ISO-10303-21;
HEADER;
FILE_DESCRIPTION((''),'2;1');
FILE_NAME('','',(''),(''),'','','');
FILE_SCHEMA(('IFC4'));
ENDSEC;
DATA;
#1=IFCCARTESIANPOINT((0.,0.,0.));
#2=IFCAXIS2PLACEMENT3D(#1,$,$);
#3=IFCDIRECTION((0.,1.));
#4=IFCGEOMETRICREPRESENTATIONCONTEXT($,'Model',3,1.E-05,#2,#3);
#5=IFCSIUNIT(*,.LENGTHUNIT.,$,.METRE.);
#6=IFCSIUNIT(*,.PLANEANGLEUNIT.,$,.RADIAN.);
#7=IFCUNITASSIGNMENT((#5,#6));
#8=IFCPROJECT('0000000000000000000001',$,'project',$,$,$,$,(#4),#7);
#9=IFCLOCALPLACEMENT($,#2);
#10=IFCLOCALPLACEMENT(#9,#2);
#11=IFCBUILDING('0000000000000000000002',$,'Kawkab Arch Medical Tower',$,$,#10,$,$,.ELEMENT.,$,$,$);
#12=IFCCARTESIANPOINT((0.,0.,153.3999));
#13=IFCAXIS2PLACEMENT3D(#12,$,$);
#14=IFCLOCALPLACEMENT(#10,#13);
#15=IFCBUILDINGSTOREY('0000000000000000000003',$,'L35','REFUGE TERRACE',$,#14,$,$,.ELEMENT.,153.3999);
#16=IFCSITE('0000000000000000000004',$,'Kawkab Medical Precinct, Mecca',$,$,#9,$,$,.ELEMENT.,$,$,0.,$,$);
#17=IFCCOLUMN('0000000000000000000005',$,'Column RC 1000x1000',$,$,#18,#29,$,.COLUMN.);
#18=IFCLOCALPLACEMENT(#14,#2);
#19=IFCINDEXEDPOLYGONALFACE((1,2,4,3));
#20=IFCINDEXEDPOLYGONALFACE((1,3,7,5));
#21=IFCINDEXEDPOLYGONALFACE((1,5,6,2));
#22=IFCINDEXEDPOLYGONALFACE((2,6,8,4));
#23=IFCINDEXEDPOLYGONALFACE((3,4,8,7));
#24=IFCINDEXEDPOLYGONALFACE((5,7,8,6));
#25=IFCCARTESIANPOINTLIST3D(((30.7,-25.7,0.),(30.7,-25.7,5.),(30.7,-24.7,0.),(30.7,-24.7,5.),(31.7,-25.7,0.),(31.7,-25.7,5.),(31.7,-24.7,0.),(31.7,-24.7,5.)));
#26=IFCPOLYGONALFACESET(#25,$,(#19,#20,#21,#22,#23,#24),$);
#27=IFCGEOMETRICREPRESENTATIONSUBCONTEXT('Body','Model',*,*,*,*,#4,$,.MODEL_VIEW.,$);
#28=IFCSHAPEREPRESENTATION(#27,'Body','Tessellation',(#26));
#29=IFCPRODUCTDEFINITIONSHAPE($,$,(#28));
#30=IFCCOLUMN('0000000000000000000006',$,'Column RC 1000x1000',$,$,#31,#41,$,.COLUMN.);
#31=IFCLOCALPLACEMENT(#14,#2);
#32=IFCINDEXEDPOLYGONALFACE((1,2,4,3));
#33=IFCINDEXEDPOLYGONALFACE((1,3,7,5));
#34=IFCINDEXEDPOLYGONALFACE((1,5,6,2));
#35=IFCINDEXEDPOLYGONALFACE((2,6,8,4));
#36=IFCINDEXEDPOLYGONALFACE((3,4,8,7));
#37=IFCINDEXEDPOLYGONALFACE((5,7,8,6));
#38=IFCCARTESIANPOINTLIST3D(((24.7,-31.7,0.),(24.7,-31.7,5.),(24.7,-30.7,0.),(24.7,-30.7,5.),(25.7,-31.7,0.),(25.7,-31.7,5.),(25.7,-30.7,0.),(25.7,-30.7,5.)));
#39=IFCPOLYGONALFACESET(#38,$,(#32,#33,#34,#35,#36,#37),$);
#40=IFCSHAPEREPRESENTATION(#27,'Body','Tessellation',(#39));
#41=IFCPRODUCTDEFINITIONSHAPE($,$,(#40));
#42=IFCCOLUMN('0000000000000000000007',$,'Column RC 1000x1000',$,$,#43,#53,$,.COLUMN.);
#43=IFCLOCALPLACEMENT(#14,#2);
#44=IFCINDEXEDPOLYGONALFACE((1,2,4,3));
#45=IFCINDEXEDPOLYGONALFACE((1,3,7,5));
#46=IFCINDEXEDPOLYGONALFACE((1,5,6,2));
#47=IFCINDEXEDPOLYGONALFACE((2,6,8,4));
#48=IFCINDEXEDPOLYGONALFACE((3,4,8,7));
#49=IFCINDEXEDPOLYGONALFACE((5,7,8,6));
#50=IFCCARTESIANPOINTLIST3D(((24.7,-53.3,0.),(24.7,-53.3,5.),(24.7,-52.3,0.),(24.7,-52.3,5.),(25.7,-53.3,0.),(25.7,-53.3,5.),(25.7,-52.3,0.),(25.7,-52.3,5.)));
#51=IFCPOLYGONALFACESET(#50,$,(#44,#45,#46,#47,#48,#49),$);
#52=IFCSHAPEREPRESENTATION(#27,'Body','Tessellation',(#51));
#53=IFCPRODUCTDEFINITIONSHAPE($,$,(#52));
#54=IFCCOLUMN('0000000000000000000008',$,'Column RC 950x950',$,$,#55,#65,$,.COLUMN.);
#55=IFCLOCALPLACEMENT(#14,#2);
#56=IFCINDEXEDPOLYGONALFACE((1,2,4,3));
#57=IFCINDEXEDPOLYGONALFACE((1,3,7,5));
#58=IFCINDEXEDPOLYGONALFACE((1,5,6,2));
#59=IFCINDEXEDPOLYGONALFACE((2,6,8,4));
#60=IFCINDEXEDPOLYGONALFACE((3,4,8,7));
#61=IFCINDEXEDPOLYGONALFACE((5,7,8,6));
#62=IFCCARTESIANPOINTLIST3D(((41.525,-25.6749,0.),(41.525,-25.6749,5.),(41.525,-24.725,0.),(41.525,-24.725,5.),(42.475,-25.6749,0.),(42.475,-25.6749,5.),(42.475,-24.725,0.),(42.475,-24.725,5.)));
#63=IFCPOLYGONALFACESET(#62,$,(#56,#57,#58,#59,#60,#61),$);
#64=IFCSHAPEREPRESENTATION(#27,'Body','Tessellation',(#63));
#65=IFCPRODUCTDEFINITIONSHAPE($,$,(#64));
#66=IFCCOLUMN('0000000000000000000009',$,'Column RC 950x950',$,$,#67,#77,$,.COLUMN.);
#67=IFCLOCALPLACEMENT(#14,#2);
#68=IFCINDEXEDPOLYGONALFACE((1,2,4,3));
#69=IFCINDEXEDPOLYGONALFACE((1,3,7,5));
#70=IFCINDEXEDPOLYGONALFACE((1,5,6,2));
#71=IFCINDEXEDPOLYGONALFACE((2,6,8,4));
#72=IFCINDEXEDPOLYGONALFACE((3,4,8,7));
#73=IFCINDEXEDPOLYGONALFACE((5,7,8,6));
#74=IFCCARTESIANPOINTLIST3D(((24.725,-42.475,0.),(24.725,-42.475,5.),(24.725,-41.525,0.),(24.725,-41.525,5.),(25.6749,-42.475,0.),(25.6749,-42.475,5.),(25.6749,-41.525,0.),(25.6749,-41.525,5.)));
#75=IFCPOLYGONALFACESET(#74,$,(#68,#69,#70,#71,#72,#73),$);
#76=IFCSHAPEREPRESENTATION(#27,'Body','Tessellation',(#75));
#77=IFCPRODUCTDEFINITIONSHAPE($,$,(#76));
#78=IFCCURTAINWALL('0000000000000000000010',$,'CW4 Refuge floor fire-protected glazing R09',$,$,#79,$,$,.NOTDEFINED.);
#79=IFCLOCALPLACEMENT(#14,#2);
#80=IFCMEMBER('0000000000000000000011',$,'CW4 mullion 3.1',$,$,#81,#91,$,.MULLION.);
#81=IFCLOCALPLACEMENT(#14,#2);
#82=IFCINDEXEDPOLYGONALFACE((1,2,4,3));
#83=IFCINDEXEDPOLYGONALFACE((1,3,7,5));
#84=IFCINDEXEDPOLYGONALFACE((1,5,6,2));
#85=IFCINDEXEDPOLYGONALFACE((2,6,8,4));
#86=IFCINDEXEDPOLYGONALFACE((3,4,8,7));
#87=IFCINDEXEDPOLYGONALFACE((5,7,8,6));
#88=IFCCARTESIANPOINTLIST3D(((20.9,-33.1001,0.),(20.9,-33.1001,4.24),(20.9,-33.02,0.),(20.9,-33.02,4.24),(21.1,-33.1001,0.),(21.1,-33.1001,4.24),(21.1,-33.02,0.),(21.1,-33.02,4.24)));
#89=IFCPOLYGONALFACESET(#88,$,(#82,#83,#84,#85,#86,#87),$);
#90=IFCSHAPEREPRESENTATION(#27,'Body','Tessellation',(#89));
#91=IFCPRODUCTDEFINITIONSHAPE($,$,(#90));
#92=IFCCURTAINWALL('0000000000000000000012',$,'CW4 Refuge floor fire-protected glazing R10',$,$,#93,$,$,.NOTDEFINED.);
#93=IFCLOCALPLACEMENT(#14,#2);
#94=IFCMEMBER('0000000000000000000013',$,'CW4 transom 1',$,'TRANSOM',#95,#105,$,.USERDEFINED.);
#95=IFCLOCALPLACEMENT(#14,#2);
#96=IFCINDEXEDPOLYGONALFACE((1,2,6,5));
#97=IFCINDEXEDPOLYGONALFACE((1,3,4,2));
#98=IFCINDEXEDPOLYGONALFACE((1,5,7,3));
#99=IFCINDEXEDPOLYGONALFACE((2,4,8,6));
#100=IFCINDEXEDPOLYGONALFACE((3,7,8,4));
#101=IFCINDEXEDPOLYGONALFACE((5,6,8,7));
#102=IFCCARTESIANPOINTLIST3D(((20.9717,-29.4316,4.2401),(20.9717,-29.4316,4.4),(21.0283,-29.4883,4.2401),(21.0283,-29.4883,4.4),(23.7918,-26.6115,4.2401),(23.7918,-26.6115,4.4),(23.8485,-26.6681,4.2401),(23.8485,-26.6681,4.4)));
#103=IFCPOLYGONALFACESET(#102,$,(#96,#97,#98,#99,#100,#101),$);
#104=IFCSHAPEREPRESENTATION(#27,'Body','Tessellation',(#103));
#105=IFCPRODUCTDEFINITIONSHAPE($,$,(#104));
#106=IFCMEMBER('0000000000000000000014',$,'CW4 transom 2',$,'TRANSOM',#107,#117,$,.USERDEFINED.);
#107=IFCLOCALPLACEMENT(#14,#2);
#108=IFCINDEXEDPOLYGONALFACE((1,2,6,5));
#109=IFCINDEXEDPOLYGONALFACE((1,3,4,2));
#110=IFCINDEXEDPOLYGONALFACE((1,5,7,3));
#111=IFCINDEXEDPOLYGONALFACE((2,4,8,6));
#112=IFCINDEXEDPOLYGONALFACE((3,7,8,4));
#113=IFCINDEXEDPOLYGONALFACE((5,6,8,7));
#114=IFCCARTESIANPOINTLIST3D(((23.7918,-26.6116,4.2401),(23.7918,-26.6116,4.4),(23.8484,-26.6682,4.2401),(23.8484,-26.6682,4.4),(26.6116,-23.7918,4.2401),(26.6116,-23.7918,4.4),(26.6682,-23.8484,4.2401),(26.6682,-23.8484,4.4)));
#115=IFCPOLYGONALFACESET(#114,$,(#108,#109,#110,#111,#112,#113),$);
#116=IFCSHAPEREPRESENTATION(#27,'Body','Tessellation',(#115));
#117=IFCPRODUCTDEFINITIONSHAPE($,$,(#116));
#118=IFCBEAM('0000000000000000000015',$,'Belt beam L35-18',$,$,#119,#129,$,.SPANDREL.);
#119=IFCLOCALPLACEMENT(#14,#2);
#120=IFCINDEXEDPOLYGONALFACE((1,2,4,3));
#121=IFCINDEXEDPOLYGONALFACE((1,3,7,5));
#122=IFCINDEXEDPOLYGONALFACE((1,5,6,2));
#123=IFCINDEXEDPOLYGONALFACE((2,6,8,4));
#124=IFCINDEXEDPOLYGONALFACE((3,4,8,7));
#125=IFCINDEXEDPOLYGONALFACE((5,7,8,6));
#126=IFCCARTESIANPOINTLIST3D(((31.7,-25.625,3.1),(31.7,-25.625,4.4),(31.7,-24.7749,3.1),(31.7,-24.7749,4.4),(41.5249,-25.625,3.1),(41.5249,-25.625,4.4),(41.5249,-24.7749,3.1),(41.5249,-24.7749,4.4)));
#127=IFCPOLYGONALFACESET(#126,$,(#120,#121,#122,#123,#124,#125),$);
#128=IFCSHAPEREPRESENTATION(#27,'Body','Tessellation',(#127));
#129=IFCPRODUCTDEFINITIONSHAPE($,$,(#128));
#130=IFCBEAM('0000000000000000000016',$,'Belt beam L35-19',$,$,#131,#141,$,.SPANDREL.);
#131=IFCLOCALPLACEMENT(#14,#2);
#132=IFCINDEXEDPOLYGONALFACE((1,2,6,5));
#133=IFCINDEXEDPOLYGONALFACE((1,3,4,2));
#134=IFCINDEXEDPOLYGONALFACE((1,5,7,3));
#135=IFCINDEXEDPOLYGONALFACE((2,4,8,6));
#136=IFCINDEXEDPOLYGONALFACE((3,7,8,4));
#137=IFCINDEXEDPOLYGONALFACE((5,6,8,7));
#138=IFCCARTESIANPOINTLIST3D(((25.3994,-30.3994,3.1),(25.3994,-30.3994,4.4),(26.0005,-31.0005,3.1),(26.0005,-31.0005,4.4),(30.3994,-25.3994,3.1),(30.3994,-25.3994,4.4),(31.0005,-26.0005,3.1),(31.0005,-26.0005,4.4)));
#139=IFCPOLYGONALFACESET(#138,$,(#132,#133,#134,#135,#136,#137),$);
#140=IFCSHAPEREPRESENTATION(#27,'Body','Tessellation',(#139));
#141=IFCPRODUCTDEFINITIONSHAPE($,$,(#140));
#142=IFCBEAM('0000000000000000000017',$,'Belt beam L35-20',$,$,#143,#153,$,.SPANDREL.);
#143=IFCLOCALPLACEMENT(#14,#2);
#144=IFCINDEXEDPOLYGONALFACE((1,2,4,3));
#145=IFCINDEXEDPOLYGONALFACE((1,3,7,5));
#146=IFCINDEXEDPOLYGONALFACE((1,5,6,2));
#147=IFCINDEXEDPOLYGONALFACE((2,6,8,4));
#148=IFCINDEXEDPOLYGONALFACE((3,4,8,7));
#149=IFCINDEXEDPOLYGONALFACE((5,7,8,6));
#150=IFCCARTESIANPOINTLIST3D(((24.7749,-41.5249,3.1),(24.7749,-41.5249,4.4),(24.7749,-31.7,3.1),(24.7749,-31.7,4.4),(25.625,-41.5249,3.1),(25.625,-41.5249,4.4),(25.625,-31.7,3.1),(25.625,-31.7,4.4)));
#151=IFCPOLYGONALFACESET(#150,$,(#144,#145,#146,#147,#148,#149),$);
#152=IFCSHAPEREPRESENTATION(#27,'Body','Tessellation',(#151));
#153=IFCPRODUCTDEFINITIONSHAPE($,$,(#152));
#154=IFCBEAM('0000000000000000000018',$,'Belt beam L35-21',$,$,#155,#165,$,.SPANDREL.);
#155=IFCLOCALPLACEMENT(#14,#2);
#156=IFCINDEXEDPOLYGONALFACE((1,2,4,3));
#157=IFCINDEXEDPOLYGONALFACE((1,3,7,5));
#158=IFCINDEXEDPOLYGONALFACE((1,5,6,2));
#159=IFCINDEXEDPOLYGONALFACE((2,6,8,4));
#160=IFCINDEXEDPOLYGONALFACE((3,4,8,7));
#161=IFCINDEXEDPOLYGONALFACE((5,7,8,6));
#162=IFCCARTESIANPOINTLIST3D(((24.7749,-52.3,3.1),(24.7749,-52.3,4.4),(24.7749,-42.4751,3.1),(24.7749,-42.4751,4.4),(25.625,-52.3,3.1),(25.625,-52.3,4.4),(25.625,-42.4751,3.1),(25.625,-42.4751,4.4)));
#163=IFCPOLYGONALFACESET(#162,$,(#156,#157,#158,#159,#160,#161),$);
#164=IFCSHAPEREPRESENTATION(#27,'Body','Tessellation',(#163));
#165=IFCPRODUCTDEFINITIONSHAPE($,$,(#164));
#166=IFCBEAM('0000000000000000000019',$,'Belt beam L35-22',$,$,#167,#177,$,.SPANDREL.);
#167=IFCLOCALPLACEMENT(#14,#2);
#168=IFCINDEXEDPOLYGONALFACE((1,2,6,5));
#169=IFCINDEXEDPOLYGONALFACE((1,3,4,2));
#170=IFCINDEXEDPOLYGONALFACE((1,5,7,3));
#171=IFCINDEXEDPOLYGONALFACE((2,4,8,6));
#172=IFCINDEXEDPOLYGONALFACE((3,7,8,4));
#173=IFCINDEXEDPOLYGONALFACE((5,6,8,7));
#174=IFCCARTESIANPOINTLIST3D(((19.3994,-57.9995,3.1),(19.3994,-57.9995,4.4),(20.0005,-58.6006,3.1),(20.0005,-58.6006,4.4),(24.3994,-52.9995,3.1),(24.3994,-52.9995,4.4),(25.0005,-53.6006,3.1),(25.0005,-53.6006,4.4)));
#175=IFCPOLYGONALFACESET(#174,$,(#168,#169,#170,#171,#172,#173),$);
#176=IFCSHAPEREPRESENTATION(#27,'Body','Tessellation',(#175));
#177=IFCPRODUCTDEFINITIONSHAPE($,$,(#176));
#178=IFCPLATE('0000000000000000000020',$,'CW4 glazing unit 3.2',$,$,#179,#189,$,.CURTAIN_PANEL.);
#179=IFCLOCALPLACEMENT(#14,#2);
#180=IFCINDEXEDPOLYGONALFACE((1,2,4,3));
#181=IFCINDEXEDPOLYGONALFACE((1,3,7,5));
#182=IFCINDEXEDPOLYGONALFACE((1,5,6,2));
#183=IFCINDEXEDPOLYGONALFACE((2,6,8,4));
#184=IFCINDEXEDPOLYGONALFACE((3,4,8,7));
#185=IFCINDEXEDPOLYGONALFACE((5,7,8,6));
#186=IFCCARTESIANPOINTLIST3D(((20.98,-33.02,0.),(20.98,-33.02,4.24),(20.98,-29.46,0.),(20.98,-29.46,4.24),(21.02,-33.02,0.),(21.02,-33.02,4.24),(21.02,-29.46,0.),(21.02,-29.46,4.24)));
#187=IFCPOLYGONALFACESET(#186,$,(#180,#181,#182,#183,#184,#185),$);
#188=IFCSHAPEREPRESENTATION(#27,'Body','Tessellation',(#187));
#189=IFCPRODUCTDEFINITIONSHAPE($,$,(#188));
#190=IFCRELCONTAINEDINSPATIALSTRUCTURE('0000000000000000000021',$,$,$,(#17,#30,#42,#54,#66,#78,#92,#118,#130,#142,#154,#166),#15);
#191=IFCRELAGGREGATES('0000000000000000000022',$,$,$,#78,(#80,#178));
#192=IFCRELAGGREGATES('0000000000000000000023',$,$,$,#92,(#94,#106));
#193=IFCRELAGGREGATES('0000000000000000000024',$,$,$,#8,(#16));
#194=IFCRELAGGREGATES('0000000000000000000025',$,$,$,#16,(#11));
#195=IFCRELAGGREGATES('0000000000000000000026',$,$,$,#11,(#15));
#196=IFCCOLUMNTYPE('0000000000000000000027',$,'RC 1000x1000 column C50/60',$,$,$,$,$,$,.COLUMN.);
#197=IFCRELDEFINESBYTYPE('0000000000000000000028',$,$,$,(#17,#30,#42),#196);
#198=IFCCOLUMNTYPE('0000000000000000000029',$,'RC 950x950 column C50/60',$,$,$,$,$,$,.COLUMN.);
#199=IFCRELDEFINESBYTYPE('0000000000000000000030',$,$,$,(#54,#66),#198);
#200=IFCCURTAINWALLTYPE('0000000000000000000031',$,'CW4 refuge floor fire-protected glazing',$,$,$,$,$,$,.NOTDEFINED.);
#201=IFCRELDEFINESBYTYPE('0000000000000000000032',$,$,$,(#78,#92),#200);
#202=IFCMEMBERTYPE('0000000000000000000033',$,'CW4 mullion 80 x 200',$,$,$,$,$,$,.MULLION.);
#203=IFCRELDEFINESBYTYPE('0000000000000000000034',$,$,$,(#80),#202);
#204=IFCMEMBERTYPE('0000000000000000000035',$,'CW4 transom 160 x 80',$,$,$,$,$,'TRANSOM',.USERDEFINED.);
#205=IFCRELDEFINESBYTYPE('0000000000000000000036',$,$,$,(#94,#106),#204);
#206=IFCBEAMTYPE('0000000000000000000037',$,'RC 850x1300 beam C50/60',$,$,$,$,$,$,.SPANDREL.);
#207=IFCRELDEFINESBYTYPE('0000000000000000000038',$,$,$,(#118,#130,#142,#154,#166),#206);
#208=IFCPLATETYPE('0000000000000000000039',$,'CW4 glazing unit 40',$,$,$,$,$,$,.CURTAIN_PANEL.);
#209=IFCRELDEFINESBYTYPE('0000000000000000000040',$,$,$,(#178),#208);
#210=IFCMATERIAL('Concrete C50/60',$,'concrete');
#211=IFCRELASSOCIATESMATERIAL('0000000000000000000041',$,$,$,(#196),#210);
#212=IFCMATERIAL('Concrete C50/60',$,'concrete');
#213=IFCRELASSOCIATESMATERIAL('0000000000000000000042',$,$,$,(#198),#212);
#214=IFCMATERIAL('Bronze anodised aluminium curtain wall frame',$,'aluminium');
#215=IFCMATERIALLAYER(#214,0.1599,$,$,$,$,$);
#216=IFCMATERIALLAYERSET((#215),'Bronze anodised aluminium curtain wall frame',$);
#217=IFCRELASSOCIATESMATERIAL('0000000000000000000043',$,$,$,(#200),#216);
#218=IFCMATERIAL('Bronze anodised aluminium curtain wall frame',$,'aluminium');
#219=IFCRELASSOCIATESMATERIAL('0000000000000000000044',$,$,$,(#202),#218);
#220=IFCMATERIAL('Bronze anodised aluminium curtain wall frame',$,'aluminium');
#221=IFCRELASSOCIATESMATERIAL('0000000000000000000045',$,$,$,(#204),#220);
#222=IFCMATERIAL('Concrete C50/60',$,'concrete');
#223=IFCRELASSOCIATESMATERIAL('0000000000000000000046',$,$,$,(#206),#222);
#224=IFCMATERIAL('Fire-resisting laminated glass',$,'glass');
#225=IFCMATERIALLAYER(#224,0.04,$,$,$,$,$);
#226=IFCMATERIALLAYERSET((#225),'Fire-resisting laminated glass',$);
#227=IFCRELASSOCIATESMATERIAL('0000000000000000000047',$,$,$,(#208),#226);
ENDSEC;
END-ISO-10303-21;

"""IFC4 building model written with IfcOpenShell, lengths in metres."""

from ifc_helpers import new_model, si_unit, direction, frame, origin, origin_2d, place, context, subcontext, project, spatial, rectangle, extrude, material, layer, layer_set, material_profile, profile_set, type_object, element, aggregate, save


model = new_model("IFC4")

# Units and contexts
model_context = context("Model", 3, precision=1e-05, world=origin(), true_north=direction((0.0, 1.0)))
body_context = subcontext(model_context, "Body", "Model", "MODEL_VIEW")
ifc_project = project(units=[si_unit("LENGTHUNIT", "METRE"), si_unit("PLANEANGLEUNIT", "RADIAN")], contexts=[model_context])

# Site, building, storey
site_placement = place(None, origin())
site = spatial("IfcSite", under=ifc_project, at=site_placement, Name="Kawkab Medical Precinct, Mecca", CompositionType="ELEMENT", RefElevation=0.0)
building_placement = place(site_placement, origin())
building = spatial("IfcBuilding", under=site, at=building_placement, Name="Kawkab Arch Medical Tower", CompositionType="ELEMENT")
storey_placement = place(building_placement, frame((0.0, 0.0, 153.3999)))
storey = spatial("IfcBuildingStorey", under=building, at=storey_placement, Name="L35", Description="REFUGE TERRACE", CompositionType="ELEMENT", Elevation=153.3999)

# Columns
ifc_material_1 = material(Name="Concrete C50/60", Category="concrete")
ifc_material_profile_1 = material_profile(ifc_material_1, rectangle(XDim=1.0, YDim=1.0, at=origin_2d()), Name="RC 1000x1000")
ifc_profile_set_1 = profile_set([ifc_material_profile_1], Name="Concrete C50/60")
column_type_1 = type_object("IfcColumnType", Name="RC 1000x1000 column C50/60", PredefinedType="COLUMN", material=ifc_profile_set_1)
for number, where, z_axis, x_axis, name in (
    (1, (31.2, -25.2, 0.0), (0.0, 0.0, 1.0), (1.0, 0.0, 0.0), "Column RC 1000x1000"),
    (2, (25.2, -31.2, 0.0), (0.0, 0.0, 1.0), (1.0, 0.0, 0.0), "Column RC 1000x1000"),
    (3, (25.2, -52.8, 0.0), (0.0, 0.0, 1.0), (1.0, 0.0, 0.0), "Column RC 1000x1000"),
):
    element("IfcColumn", number, at=place(storey_placement, frame(where, z_axis=z_axis, x_axis=x_axis)), inside=storey, type_object=column_type_1, Name=name, PredefinedType="COLUMN", context=body_context, shape_type="SweptSolid", body=[
        extrude(rectangle(XDim=1.0, YDim=1.0, at=origin_2d()), origin(), (0.0, 0.0, 1.0), 5.0),
    ])
ifc_material_2 = material(Name="Concrete C50/60", Category="concrete")
ifc_material_profile_2 = material_profile(ifc_material_2, rectangle(XDim=0.95, YDim=0.95, at=origin_2d()), Name="RC 950x950")
ifc_profile_set_2 = profile_set([ifc_material_profile_2], Name="Concrete C50/60")
column_type_2 = type_object("IfcColumnType", Name="RC 950x950 column C50/60", PredefinedType="COLUMN", material=ifc_profile_set_2)
for number, where, z_axis, x_axis, name in (
    (4, (42.0, -25.2, 0.0), (0.0, 0.0, 1.0), (1.0, 0.0, 0.0), "Column RC 950x950"),
    (5, (25.2, -42.0, 0.0), (0.0, 0.0, 1.0), (1.0, 0.0, 0.0), "Column RC 950x950"),
):
    element("IfcColumn", number, at=place(storey_placement, frame(where, z_axis=z_axis, x_axis=x_axis)), inside=storey, type_object=column_type_2, Name=name, PredefinedType="COLUMN", context=body_context, shape_type="SweptSolid", body=[
        extrude(rectangle(XDim=0.95, YDim=0.95, at=origin_2d()), origin(), (0.0, 0.0, 1.0), 5.0),
    ])

# Curtain wall, member
ifc_material_3 = material(Name="Bronze anodised aluminium curtain wall frame", Category="aluminium")
ifc_layer_1 = layer(ifc_material_3, 0.1599)
ifc_layer_set_1 = layer_set([ifc_layer_1], Name="Bronze anodised aluminium curtain wall frame")
curtain_wall_type = type_object("IfcCurtainWallType", Name="CW4 refuge floor fire-protected glazing", PredefinedType="NOTDEFINED", material=ifc_layer_set_1)
placement = place(storey_placement, origin())
curtain_wall_1 = element("IfcCurtainWall", 6, at=placement, inside=storey, type_object=curtain_wall_type, Name="CW4 Refuge floor fire-protected glazing R09", PredefinedType="NOTDEFINED")
ifc_material_4 = material(Name="Bronze anodised aluminium curtain wall frame", Category="aluminium")
ifc_material_profile_3 = material_profile(ifc_material_4, rectangle(XDim=0.2, YDim=0.0801, at=origin_2d()), Name="AL 80x200")
ifc_profile_set_3 = profile_set([ifc_material_profile_3], Name="Bronze anodised aluminium curtain wall frame")
member_type_1 = type_object("IfcMemberType", Name="CW4 mullion 80 x 200", PredefinedType="MULLION", material=ifc_profile_set_3)
member_1_placement = place(storey_placement, frame((21.0, -33.0601, 0.0), z_axis=(0.0, 0.0, 1.0), x_axis=(-1.0, 0.0, 0.0)))
member_1 = element("IfcMember", 7, at=member_1_placement, type_object=member_type_1, Name="CW4 mullion 3.1", PredefinedType="MULLION", context=body_context, shape_type="SweptSolid", body=[
    extrude(rectangle(XDim=0.2, YDim=0.0801, at=origin_2d()), origin(), (0.0, 0.0, 1.0), 4.24),
])

# Curtain wall, members
curtain_wall_2 = element("IfcCurtainWall", 8, at=placement, inside=storey, type_object=curtain_wall_type, Name="CW4 Refuge floor fire-protected glazing R10", PredefinedType="NOTDEFINED")
ifc_material_5 = material(Name="Bronze anodised aluminium curtain wall frame", Category="aluminium")
ifc_material_profile_4 = material_profile(ifc_material_5, rectangle(XDim=0.0801, YDim=0.1599, at=origin_2d()), Name="AL 80x160")
ifc_profile_set_4 = profile_set([ifc_material_profile_4], Name="Bronze anodised aluminium curtain wall frame")
member_type_2 = type_object("IfcMemberType", Name="CW4 transom 160 x 80", ElementType="TRANSOM", PredefinedType="USERDEFINED", material=ifc_profile_set_4)
member_2_placement = place(storey_placement, frame((21.0, -29.46, 4.3201), z_axis=(0.707107, 0.707107, 0.0), x_axis=(-0.707107, 0.707107, 0.0)))
member_2 = element("IfcMember", 9, at=member_2_placement, type_object=member_type_2, Name="CW4 transom 1", ObjectType="TRANSOM", PredefinedType="USERDEFINED", context=body_context, shape_type="SweptSolid", body=[
    extrude(rectangle(XDim=0.0801, YDim=0.1599, at=origin_2d()), origin(), (0.0, 0.0, 1.0), 3.9883),
])
member_3_placement = place(storey_placement, frame((23.8201, -26.6399, 4.3201), z_axis=(0.707107, 0.707107, 0.0), x_axis=(-0.707107, 0.707107, 0.0)))
member_3 = element("IfcMember", 10, at=member_3_placement, type_object=member_type_2, Name="CW4 transom 2", ObjectType="TRANSOM", PredefinedType="USERDEFINED", context=body_context, shape_type="SweptSolid", body=[
    extrude(rectangle(XDim=0.0801, YDim=0.1599, at=origin_2d()), origin(), (0.0, 0.0, 1.0), 3.9878),
])

# Beams
ifc_material_6 = material(Name="Concrete C50/60", Category="concrete")
ifc_material_profile_5 = material_profile(ifc_material_6, rectangle(XDim=0.8501, YDim=1.3, at=origin_2d()), Name="RC 850x1300")
ifc_profile_set_5 = profile_set([ifc_material_profile_5], Name="Concrete C50/60")
beam_type = type_object("IfcBeamType", Name="RC 850x1300 beam C50/60", PredefinedType="SPANDREL", material=ifc_profile_set_5)
beam_1_placement = place(storey_placement, frame((41.5249, -25.2, 3.75), z_axis=(-1.0, 0.0, 0.0), x_axis=(0.0, -1.0, 0.0)))
element("IfcBeam", 11, at=beam_1_placement, inside=storey, type_object=beam_type, Name="Belt beam L35-18", PredefinedType="SPANDREL", context=body_context, shape_type="SweptSolid", body=[
    extrude(rectangle(XDim=0.8501, YDim=1.3, at=origin_2d()), origin(), (0.0, 0.0, 1.0), 9.825),
])
beam_2_placement = place(storey_placement, frame((30.7, -25.7, 3.75), z_axis=(-0.707107, -0.707107, 0.0), x_axis=(0.707107, -0.707107, 0.0)))
element("IfcBeam", 12, at=beam_2_placement, inside=storey, type_object=beam_type, Name="Belt beam L35-19", PredefinedType="SPANDREL", context=body_context, shape_type="SweptSolid", body=[
    extrude(rectangle(XDim=0.8501, YDim=1.3, at=origin_2d()), origin(), (0.0, 0.0, 1.0), 7.071),
])
for number, where, z_axis, x_axis, name in (
    (13, (25.2, -31.7, 3.75), (0.0, -1.0, 0.0), (1.0, 0.0, 0.0), "Belt beam L35-20"),
    (14, (25.2, -42.4751, 3.75), (0.0, -1.0, 0.0), (1.0, 0.0, 0.0), "Belt beam L35-21"),
):
    element("IfcBeam", number, at=place(storey_placement, frame(where, z_axis=z_axis, x_axis=x_axis)), inside=storey, type_object=beam_type, Name=name, PredefinedType="SPANDREL", context=body_context, shape_type="SweptSolid", body=[
        extrude(rectangle(XDim=0.8501, YDim=1.3, at=origin_2d()), origin(), (0.0, 0.0, 1.0), 9.825),
    ])
beam_3_placement = place(storey_placement, frame((24.7, -53.3, 3.75), z_axis=(-0.707107, -0.707107, 0.0), x_axis=(0.707107, -0.707107, 0.0)))
element("IfcBeam", 15, at=beam_3_placement, inside=storey, type_object=beam_type, Name="Belt beam L35-22", PredefinedType="SPANDREL", context=body_context, shape_type="SweptSolid", body=[
    extrude(rectangle(XDim=0.8501, YDim=1.3, at=origin_2d()), origin(), (0.0, 0.0, 1.0), 7.071),
])

# Plate
ifc_material_7 = material(Name="Fire-resisting laminated glass", Category="glass")
ifc_layer_2 = layer(ifc_material_7, 0.04)
ifc_layer_set_2 = layer_set([ifc_layer_2], Name="Fire-resisting laminated glass")
plate_type = type_object("IfcPlateType", Name="CW4 glazing unit 40", PredefinedType="CURTAIN_PANEL", material=ifc_layer_set_2)
plate_1_placement = place(storey_placement, frame((21.0, -31.24, 0.0), z_axis=(0.0, 0.0, 1.0), x_axis=(0.0, 1.0, 0.0)))
plate_1 = element("IfcPlate", 16, at=plate_1_placement, type_object=plate_type, Name="CW4 glazing unit 3.2", PredefinedType="CURTAIN_PANEL", context=body_context, shape_type="SweptSolid", body=[
    extrude(rectangle(XDim=3.5601, YDim=0.04, at=origin_2d()), origin(), (0.0, 0.0, 1.0), 4.24),
])
aggregate(curtain_wall_1, [member_1, plate_1])
aggregate(curtain_wall_2, [member_2, member_3])

save(model, "model.ifc")
